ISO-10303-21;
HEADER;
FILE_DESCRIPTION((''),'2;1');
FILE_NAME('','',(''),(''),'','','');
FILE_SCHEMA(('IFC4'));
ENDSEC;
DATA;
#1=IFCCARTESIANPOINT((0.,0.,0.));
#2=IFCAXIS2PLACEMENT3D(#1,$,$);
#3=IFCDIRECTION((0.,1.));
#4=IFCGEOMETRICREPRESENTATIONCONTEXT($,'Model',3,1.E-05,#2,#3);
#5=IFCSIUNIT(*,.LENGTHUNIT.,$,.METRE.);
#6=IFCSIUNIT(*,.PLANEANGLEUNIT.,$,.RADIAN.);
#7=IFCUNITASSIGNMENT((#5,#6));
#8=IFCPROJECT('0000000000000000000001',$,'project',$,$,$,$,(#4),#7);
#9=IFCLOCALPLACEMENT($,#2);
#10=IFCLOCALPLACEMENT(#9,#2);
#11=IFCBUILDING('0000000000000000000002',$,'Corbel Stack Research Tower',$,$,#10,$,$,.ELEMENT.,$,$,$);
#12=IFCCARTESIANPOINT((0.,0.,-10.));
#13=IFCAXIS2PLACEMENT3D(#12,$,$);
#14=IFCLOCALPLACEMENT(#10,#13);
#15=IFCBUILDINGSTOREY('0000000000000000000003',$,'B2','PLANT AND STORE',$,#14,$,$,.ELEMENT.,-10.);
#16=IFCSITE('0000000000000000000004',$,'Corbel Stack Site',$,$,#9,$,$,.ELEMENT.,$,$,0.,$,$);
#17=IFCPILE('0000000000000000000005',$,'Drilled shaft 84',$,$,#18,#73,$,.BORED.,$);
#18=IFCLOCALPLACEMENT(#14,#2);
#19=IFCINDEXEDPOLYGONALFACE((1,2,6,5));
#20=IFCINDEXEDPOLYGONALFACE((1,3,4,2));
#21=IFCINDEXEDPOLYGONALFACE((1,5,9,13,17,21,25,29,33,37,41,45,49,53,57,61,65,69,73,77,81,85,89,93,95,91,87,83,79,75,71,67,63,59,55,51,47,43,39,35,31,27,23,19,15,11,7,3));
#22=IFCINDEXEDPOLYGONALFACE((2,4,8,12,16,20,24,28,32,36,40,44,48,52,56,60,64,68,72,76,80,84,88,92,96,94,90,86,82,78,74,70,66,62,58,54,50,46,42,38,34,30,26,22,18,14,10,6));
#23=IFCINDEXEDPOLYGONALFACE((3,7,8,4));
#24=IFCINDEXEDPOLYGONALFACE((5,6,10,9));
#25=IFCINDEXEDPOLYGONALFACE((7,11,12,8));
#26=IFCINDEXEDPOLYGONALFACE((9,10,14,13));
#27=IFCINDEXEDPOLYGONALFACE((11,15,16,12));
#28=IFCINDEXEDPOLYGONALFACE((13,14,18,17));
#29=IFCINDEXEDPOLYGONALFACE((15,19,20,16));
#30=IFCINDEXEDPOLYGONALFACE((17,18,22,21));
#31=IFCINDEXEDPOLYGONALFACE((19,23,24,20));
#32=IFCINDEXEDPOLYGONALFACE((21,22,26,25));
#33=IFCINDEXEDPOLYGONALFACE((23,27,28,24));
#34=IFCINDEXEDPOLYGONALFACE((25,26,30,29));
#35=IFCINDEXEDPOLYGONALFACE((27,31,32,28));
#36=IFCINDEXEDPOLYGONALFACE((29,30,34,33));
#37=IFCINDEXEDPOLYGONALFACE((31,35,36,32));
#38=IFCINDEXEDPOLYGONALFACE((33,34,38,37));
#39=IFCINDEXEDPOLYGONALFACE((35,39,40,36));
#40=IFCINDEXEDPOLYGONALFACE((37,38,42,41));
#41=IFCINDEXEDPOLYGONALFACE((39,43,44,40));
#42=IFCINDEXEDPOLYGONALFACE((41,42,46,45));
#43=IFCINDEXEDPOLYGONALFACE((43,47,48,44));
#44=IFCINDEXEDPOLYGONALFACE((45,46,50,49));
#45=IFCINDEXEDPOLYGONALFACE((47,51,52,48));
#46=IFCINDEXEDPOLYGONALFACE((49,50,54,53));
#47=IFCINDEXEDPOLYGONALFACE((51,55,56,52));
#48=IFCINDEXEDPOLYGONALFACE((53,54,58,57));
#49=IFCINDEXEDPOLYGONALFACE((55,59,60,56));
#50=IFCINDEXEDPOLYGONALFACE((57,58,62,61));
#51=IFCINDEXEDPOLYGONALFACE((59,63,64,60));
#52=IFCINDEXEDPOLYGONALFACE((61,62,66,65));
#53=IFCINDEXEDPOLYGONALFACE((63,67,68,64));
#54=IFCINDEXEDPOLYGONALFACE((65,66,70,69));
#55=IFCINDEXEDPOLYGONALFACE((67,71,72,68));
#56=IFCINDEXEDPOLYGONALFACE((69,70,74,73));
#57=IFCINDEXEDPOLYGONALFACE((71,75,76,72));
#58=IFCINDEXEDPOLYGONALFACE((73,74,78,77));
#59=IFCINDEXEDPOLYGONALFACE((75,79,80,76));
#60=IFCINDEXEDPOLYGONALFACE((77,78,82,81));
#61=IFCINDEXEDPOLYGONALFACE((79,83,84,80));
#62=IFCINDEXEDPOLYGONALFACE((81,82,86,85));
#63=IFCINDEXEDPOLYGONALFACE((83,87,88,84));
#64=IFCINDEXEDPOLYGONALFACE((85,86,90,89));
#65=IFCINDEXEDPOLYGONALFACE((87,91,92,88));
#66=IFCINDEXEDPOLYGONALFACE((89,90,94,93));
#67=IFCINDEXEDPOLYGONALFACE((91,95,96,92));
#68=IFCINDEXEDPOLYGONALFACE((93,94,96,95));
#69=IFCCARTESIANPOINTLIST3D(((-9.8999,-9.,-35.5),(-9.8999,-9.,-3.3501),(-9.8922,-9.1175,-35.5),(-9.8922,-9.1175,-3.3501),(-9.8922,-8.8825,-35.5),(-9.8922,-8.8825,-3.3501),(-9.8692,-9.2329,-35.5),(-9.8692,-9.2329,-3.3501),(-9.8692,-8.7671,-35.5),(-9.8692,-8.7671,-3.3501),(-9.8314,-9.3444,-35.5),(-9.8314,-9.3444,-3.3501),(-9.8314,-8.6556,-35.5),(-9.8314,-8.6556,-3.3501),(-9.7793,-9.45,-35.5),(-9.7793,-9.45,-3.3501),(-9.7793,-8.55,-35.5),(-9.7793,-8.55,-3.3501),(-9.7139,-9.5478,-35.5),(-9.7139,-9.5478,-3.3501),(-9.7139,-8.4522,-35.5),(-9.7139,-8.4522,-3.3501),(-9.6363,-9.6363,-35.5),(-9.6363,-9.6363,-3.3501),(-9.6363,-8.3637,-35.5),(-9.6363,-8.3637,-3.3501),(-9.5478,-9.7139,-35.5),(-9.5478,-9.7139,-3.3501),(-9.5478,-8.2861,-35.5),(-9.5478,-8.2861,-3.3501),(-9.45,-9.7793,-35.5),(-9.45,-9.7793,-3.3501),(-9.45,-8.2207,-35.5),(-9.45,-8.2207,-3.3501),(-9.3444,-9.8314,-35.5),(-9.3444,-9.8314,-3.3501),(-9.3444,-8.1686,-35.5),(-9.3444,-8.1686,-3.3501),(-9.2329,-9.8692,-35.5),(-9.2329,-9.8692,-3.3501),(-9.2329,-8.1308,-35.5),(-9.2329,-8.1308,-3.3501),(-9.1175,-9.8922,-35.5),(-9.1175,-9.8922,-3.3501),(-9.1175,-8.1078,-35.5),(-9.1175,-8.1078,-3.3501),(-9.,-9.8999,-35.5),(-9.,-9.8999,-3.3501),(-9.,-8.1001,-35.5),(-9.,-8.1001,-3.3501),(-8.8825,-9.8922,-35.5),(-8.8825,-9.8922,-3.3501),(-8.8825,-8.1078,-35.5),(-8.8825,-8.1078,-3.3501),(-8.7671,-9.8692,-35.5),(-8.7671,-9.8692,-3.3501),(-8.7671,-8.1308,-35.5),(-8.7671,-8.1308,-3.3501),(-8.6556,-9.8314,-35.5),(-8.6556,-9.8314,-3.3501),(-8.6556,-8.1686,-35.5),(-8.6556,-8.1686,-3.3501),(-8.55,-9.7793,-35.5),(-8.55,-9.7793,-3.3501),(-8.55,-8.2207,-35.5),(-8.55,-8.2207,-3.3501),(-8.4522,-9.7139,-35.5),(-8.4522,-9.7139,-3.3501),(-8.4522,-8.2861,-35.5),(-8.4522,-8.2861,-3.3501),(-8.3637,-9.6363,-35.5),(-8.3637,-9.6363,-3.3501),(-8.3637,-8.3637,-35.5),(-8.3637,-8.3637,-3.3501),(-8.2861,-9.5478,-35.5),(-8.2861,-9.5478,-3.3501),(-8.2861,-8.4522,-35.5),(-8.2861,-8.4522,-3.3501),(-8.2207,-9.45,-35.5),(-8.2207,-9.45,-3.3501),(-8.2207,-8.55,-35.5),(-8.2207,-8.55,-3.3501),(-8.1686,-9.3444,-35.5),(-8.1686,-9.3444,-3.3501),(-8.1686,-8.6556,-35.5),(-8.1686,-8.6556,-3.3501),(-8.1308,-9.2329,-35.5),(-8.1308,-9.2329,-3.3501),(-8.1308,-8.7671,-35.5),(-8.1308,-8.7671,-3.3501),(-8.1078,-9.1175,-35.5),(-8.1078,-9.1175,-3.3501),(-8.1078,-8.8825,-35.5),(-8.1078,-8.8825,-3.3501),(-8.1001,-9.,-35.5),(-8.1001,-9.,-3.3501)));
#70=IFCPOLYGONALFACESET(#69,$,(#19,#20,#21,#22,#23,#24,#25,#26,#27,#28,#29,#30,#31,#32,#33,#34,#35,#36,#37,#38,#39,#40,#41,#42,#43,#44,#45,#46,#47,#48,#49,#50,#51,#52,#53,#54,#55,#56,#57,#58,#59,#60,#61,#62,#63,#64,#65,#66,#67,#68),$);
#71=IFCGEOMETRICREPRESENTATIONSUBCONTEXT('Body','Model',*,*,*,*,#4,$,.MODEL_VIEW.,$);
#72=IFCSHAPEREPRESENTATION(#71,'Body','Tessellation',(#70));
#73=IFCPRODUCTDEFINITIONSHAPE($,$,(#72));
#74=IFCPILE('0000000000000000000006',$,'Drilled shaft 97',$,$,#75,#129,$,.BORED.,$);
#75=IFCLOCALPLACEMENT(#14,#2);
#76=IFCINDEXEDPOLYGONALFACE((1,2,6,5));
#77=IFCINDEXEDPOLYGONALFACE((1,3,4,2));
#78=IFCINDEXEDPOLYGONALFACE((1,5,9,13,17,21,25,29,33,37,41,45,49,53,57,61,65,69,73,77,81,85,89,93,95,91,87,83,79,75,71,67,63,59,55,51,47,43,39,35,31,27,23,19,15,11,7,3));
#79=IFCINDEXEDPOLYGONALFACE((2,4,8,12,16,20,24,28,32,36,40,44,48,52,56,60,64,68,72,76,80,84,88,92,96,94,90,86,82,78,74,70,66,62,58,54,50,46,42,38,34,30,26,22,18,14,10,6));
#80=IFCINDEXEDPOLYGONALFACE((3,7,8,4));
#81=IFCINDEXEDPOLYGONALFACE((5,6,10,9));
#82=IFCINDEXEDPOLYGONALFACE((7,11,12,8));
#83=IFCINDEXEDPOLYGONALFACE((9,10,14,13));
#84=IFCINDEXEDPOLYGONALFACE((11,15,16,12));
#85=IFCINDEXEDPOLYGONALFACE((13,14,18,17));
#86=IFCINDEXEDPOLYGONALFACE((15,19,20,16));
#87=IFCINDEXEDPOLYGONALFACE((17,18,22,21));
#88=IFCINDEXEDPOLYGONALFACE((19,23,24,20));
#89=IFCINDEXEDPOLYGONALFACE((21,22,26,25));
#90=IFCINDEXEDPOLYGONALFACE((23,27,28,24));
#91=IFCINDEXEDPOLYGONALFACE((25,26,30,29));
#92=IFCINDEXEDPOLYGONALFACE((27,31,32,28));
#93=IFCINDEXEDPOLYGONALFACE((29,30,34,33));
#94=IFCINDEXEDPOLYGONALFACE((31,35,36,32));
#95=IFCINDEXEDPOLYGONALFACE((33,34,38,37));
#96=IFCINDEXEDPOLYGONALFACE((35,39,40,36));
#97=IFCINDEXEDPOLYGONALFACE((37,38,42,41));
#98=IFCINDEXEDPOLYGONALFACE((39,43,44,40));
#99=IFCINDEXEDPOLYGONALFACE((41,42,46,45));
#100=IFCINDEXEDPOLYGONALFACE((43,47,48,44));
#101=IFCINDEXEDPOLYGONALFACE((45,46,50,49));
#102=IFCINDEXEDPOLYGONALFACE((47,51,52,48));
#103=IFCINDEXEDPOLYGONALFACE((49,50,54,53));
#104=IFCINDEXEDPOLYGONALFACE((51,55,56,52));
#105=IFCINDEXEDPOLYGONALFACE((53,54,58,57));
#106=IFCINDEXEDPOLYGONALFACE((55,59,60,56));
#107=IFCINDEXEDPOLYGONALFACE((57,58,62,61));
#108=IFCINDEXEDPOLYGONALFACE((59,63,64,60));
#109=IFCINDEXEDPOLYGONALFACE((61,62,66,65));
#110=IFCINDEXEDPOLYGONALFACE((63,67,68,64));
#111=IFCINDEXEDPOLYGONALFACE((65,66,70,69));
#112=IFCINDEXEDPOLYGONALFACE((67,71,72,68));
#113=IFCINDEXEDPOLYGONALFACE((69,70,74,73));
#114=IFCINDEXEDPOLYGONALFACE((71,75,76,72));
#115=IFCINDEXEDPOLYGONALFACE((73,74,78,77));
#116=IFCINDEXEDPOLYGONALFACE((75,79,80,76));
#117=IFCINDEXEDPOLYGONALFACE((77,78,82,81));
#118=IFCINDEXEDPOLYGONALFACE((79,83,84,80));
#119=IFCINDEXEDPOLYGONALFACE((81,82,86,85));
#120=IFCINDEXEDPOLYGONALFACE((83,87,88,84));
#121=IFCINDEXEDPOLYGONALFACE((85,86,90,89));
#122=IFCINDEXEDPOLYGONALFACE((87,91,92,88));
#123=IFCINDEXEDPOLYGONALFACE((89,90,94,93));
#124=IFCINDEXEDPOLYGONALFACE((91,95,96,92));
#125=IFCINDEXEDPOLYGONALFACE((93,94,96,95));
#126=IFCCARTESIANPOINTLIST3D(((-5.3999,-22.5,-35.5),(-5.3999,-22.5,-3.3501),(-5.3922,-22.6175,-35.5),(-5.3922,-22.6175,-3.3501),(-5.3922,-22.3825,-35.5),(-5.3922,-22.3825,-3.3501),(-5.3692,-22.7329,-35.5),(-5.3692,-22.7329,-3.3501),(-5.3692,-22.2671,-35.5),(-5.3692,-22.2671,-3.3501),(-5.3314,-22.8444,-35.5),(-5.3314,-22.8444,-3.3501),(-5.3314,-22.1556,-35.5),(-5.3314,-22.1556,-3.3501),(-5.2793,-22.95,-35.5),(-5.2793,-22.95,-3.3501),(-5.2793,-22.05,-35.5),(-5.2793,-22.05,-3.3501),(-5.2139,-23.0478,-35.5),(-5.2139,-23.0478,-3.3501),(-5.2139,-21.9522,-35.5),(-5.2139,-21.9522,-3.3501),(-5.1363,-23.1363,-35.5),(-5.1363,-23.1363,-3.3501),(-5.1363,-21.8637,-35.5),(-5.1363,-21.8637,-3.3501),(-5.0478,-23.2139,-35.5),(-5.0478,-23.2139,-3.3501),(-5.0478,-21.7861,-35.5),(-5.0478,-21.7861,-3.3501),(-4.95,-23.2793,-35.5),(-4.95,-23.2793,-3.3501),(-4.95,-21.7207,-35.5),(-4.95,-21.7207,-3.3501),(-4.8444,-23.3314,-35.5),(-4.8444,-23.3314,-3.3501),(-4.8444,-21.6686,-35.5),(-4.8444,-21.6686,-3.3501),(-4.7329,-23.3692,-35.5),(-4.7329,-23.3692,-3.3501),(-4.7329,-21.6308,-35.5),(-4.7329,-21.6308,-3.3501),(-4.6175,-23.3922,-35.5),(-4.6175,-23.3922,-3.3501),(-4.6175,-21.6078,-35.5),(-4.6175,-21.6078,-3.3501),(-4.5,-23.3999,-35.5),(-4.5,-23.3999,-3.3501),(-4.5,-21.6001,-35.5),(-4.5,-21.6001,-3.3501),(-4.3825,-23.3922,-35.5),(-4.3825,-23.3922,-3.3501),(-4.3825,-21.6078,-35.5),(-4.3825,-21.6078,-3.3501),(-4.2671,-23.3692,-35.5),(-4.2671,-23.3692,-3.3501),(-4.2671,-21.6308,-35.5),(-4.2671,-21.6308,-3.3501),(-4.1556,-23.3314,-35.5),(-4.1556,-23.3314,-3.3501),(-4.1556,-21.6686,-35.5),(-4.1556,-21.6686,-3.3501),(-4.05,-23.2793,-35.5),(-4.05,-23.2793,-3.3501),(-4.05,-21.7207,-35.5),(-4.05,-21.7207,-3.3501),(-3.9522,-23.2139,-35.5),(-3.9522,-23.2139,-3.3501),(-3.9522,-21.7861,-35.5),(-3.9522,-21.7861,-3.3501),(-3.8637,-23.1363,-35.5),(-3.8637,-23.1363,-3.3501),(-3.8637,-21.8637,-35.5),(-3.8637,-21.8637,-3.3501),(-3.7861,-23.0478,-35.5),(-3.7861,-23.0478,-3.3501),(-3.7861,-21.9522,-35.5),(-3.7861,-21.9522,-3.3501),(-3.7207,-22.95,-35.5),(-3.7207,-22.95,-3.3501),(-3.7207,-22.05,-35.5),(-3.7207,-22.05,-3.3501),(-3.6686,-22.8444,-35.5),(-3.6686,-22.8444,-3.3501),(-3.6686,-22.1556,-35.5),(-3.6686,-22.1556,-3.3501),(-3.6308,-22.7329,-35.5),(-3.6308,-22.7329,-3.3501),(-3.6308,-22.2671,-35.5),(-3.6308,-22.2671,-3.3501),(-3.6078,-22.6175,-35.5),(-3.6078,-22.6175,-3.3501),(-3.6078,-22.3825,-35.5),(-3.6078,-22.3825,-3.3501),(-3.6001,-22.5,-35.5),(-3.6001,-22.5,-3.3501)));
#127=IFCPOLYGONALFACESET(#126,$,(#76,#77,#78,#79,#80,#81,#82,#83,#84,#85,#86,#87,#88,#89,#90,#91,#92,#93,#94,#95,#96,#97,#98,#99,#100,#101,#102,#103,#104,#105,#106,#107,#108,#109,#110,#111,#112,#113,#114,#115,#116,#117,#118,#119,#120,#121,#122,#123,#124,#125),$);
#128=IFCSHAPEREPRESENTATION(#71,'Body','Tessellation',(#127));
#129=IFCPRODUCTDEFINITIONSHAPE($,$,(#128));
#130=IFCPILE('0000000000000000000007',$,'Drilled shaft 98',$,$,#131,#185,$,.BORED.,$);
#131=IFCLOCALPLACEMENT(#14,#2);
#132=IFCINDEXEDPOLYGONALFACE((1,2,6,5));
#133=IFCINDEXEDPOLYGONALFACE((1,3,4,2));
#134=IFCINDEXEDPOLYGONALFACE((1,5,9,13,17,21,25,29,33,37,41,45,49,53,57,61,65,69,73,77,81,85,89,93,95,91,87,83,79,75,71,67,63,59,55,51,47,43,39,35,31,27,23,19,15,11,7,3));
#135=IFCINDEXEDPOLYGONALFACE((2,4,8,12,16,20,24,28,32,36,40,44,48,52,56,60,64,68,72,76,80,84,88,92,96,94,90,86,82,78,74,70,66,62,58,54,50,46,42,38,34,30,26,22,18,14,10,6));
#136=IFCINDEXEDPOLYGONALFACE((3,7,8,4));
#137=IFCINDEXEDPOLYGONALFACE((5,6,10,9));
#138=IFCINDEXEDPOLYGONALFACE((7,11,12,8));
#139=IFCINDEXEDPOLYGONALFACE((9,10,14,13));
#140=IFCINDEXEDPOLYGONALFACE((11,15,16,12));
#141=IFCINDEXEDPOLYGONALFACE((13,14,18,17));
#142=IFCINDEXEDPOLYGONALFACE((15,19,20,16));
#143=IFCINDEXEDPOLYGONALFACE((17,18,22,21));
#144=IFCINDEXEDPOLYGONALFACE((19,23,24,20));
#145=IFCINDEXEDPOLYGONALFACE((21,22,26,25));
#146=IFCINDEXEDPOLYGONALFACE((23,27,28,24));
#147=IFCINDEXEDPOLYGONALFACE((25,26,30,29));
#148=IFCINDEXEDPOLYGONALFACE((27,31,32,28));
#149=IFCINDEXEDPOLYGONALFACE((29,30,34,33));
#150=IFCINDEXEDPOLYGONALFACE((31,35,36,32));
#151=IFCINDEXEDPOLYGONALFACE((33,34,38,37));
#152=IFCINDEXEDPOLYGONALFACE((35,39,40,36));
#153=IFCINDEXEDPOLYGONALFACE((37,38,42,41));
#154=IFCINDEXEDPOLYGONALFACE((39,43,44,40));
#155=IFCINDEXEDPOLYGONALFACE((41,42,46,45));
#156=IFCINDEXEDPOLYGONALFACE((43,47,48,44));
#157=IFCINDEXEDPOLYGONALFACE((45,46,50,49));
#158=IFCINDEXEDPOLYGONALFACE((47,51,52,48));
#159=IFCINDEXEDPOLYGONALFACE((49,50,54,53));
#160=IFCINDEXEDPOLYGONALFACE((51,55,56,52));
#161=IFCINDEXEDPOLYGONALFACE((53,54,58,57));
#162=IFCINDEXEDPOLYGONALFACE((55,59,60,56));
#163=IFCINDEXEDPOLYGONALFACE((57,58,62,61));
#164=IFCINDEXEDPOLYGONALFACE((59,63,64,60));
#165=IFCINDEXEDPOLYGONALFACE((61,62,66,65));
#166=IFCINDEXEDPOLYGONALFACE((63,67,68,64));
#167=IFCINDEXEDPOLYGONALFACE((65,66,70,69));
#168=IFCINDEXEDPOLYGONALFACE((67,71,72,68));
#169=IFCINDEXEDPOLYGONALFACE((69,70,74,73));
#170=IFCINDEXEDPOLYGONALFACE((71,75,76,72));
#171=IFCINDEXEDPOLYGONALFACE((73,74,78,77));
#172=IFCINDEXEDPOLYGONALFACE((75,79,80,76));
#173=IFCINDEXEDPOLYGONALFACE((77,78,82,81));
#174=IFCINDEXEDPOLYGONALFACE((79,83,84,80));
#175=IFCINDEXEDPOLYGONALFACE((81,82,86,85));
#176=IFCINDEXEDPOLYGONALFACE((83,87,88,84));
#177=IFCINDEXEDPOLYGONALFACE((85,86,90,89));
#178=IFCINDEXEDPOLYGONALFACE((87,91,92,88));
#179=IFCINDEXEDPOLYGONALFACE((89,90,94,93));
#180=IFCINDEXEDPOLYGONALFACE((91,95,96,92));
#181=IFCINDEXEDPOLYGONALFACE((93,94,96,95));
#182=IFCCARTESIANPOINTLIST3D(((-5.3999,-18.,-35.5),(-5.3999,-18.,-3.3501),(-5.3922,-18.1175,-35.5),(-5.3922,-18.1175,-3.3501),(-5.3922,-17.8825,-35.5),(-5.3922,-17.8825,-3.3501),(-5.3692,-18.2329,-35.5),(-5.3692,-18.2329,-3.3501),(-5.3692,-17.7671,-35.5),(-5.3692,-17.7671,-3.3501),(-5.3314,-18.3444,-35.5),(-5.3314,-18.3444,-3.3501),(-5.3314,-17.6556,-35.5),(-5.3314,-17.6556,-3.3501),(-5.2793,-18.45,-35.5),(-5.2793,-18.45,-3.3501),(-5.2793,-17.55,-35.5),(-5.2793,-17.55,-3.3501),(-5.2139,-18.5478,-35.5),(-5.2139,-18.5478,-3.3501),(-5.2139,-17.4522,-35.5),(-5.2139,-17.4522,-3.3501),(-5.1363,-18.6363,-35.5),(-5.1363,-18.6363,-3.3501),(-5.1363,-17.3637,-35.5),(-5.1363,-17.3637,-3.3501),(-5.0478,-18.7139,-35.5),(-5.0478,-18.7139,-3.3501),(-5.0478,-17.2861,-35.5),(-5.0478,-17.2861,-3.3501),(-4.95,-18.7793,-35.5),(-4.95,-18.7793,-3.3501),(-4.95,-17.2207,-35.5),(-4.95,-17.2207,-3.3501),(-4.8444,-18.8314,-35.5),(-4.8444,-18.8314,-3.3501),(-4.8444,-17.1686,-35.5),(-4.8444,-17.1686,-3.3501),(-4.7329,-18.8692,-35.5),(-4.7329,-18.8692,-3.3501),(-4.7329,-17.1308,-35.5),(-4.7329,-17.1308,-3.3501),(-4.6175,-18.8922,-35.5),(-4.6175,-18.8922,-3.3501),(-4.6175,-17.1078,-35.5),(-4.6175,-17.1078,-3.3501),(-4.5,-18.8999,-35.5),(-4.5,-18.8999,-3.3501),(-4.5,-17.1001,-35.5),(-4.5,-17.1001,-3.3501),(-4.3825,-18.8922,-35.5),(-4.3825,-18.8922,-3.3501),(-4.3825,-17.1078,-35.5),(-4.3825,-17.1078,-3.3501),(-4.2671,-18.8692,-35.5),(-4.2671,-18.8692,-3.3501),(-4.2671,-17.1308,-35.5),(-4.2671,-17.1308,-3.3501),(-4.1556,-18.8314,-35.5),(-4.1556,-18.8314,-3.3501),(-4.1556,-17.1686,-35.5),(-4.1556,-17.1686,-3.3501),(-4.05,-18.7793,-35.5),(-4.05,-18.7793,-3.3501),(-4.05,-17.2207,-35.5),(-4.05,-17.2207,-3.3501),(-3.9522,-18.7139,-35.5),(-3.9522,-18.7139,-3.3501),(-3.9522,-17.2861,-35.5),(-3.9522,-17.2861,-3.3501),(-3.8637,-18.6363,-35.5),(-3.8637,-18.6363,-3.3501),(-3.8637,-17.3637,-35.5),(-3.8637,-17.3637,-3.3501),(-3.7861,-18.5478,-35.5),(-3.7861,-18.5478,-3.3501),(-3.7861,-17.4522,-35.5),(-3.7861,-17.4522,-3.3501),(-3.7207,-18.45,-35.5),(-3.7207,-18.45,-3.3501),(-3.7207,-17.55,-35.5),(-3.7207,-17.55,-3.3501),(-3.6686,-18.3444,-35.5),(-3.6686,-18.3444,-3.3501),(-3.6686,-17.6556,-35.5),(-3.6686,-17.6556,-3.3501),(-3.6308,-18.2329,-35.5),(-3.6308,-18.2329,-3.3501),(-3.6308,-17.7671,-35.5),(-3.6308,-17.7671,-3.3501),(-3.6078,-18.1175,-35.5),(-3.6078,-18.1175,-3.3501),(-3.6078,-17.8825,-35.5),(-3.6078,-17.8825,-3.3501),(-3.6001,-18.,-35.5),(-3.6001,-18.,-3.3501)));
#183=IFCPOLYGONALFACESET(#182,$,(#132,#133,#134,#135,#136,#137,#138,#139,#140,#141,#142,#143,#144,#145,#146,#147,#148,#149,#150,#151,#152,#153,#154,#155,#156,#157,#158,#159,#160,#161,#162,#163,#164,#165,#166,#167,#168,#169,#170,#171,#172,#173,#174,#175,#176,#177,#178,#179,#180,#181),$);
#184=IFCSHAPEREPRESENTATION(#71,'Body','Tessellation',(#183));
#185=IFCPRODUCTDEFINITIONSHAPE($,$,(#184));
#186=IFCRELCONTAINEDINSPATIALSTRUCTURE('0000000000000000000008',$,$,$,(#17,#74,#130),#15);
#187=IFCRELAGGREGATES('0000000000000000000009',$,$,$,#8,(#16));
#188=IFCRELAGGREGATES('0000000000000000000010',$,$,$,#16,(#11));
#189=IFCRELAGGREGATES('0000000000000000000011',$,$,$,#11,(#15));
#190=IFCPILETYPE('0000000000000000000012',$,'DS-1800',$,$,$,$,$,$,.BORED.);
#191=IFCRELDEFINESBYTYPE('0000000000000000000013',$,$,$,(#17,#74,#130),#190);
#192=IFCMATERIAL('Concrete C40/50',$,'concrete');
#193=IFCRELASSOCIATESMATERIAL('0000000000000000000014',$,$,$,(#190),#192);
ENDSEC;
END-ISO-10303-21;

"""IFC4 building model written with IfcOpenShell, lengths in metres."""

from ifc_helpers import new_model, si_unit, direction, frame, origin, origin_2d, place, context, subcontext, project, spatial, circle, extrude, material, material_profile, profile_set, type_object, element, save


model = new_model("IFC4")

# Units and contexts
model_context = context("Model", 3, precision=1e-05, world=origin(), true_north=direction((0.0, 1.0)))
body_context = subcontext(model_context, "Body", "Model", "MODEL_VIEW")
ifc_project = project(units=[si_unit("LENGTHUNIT", "METRE"), si_unit("PLANEANGLEUNIT", "RADIAN")], contexts=[model_context])

# Site, building, storey
site_placement = place(None, origin())
site = spatial("IfcSite", under=ifc_project, at=site_placement, Name="Corbel Stack Site", CompositionType="ELEMENT", RefElevation=0.0)
building_placement = place(site_placement, origin())
building = spatial("IfcBuilding", under=site, at=building_placement, Name="Corbel Stack Research Tower", CompositionType="ELEMENT")
storey_placement = place(building_placement, frame((0.0, 0.0, -10.0)))
storey = spatial("IfcBuildingStorey", under=building, at=storey_placement, Name="B2", Description="PLANT AND STORE", CompositionType="ELEMENT", Elevation=-10.0)

# Piles
ifc_material_1 = material(Name="Concrete C40/50", Category="concrete")
ifc_material_profile_1 = material_profile(ifc_material_1, circle(Radius=0.8999, at=origin_2d()), Name="Shaft 1800")
ifc_profile_set_1 = profile_set([ifc_material_profile_1], Name="Concrete C40/50")
pile_type = type_object("IfcPileType", Name="DS-1800", PredefinedType="BORED", material=ifc_profile_set_1)
for number, where, z_axis, x_axis, name in (
    (1, (-9.0, -9.0, -3.3501), (0.0, 0.0, -1.0), (1.0, 0.0, 0.0), "Drilled shaft 84"),
    (2, (-4.5, -22.5, -3.3501), (0.0, 0.0, -1.0), (1.0, 0.0, 0.0), "Drilled shaft 97"),
    (3, (-4.5, -18.0, -3.3501), (0.0, 0.0, -1.0), (1.0, 0.0, 0.0), "Drilled shaft 98"),
):
    element("IfcPile", number, at=place(storey_placement, frame(where, z_axis=z_axis, x_axis=x_axis)), inside=storey, type_object=pile_type, Name=name, PredefinedType="BORED", context=body_context, shape_type="SweptSolid", body=[
        extrude(circle(Radius=0.8999, at=origin_2d()), origin(), (0.0, 0.0, 1.0), 32.1499),
    ])

save(model, "model.ifc")
